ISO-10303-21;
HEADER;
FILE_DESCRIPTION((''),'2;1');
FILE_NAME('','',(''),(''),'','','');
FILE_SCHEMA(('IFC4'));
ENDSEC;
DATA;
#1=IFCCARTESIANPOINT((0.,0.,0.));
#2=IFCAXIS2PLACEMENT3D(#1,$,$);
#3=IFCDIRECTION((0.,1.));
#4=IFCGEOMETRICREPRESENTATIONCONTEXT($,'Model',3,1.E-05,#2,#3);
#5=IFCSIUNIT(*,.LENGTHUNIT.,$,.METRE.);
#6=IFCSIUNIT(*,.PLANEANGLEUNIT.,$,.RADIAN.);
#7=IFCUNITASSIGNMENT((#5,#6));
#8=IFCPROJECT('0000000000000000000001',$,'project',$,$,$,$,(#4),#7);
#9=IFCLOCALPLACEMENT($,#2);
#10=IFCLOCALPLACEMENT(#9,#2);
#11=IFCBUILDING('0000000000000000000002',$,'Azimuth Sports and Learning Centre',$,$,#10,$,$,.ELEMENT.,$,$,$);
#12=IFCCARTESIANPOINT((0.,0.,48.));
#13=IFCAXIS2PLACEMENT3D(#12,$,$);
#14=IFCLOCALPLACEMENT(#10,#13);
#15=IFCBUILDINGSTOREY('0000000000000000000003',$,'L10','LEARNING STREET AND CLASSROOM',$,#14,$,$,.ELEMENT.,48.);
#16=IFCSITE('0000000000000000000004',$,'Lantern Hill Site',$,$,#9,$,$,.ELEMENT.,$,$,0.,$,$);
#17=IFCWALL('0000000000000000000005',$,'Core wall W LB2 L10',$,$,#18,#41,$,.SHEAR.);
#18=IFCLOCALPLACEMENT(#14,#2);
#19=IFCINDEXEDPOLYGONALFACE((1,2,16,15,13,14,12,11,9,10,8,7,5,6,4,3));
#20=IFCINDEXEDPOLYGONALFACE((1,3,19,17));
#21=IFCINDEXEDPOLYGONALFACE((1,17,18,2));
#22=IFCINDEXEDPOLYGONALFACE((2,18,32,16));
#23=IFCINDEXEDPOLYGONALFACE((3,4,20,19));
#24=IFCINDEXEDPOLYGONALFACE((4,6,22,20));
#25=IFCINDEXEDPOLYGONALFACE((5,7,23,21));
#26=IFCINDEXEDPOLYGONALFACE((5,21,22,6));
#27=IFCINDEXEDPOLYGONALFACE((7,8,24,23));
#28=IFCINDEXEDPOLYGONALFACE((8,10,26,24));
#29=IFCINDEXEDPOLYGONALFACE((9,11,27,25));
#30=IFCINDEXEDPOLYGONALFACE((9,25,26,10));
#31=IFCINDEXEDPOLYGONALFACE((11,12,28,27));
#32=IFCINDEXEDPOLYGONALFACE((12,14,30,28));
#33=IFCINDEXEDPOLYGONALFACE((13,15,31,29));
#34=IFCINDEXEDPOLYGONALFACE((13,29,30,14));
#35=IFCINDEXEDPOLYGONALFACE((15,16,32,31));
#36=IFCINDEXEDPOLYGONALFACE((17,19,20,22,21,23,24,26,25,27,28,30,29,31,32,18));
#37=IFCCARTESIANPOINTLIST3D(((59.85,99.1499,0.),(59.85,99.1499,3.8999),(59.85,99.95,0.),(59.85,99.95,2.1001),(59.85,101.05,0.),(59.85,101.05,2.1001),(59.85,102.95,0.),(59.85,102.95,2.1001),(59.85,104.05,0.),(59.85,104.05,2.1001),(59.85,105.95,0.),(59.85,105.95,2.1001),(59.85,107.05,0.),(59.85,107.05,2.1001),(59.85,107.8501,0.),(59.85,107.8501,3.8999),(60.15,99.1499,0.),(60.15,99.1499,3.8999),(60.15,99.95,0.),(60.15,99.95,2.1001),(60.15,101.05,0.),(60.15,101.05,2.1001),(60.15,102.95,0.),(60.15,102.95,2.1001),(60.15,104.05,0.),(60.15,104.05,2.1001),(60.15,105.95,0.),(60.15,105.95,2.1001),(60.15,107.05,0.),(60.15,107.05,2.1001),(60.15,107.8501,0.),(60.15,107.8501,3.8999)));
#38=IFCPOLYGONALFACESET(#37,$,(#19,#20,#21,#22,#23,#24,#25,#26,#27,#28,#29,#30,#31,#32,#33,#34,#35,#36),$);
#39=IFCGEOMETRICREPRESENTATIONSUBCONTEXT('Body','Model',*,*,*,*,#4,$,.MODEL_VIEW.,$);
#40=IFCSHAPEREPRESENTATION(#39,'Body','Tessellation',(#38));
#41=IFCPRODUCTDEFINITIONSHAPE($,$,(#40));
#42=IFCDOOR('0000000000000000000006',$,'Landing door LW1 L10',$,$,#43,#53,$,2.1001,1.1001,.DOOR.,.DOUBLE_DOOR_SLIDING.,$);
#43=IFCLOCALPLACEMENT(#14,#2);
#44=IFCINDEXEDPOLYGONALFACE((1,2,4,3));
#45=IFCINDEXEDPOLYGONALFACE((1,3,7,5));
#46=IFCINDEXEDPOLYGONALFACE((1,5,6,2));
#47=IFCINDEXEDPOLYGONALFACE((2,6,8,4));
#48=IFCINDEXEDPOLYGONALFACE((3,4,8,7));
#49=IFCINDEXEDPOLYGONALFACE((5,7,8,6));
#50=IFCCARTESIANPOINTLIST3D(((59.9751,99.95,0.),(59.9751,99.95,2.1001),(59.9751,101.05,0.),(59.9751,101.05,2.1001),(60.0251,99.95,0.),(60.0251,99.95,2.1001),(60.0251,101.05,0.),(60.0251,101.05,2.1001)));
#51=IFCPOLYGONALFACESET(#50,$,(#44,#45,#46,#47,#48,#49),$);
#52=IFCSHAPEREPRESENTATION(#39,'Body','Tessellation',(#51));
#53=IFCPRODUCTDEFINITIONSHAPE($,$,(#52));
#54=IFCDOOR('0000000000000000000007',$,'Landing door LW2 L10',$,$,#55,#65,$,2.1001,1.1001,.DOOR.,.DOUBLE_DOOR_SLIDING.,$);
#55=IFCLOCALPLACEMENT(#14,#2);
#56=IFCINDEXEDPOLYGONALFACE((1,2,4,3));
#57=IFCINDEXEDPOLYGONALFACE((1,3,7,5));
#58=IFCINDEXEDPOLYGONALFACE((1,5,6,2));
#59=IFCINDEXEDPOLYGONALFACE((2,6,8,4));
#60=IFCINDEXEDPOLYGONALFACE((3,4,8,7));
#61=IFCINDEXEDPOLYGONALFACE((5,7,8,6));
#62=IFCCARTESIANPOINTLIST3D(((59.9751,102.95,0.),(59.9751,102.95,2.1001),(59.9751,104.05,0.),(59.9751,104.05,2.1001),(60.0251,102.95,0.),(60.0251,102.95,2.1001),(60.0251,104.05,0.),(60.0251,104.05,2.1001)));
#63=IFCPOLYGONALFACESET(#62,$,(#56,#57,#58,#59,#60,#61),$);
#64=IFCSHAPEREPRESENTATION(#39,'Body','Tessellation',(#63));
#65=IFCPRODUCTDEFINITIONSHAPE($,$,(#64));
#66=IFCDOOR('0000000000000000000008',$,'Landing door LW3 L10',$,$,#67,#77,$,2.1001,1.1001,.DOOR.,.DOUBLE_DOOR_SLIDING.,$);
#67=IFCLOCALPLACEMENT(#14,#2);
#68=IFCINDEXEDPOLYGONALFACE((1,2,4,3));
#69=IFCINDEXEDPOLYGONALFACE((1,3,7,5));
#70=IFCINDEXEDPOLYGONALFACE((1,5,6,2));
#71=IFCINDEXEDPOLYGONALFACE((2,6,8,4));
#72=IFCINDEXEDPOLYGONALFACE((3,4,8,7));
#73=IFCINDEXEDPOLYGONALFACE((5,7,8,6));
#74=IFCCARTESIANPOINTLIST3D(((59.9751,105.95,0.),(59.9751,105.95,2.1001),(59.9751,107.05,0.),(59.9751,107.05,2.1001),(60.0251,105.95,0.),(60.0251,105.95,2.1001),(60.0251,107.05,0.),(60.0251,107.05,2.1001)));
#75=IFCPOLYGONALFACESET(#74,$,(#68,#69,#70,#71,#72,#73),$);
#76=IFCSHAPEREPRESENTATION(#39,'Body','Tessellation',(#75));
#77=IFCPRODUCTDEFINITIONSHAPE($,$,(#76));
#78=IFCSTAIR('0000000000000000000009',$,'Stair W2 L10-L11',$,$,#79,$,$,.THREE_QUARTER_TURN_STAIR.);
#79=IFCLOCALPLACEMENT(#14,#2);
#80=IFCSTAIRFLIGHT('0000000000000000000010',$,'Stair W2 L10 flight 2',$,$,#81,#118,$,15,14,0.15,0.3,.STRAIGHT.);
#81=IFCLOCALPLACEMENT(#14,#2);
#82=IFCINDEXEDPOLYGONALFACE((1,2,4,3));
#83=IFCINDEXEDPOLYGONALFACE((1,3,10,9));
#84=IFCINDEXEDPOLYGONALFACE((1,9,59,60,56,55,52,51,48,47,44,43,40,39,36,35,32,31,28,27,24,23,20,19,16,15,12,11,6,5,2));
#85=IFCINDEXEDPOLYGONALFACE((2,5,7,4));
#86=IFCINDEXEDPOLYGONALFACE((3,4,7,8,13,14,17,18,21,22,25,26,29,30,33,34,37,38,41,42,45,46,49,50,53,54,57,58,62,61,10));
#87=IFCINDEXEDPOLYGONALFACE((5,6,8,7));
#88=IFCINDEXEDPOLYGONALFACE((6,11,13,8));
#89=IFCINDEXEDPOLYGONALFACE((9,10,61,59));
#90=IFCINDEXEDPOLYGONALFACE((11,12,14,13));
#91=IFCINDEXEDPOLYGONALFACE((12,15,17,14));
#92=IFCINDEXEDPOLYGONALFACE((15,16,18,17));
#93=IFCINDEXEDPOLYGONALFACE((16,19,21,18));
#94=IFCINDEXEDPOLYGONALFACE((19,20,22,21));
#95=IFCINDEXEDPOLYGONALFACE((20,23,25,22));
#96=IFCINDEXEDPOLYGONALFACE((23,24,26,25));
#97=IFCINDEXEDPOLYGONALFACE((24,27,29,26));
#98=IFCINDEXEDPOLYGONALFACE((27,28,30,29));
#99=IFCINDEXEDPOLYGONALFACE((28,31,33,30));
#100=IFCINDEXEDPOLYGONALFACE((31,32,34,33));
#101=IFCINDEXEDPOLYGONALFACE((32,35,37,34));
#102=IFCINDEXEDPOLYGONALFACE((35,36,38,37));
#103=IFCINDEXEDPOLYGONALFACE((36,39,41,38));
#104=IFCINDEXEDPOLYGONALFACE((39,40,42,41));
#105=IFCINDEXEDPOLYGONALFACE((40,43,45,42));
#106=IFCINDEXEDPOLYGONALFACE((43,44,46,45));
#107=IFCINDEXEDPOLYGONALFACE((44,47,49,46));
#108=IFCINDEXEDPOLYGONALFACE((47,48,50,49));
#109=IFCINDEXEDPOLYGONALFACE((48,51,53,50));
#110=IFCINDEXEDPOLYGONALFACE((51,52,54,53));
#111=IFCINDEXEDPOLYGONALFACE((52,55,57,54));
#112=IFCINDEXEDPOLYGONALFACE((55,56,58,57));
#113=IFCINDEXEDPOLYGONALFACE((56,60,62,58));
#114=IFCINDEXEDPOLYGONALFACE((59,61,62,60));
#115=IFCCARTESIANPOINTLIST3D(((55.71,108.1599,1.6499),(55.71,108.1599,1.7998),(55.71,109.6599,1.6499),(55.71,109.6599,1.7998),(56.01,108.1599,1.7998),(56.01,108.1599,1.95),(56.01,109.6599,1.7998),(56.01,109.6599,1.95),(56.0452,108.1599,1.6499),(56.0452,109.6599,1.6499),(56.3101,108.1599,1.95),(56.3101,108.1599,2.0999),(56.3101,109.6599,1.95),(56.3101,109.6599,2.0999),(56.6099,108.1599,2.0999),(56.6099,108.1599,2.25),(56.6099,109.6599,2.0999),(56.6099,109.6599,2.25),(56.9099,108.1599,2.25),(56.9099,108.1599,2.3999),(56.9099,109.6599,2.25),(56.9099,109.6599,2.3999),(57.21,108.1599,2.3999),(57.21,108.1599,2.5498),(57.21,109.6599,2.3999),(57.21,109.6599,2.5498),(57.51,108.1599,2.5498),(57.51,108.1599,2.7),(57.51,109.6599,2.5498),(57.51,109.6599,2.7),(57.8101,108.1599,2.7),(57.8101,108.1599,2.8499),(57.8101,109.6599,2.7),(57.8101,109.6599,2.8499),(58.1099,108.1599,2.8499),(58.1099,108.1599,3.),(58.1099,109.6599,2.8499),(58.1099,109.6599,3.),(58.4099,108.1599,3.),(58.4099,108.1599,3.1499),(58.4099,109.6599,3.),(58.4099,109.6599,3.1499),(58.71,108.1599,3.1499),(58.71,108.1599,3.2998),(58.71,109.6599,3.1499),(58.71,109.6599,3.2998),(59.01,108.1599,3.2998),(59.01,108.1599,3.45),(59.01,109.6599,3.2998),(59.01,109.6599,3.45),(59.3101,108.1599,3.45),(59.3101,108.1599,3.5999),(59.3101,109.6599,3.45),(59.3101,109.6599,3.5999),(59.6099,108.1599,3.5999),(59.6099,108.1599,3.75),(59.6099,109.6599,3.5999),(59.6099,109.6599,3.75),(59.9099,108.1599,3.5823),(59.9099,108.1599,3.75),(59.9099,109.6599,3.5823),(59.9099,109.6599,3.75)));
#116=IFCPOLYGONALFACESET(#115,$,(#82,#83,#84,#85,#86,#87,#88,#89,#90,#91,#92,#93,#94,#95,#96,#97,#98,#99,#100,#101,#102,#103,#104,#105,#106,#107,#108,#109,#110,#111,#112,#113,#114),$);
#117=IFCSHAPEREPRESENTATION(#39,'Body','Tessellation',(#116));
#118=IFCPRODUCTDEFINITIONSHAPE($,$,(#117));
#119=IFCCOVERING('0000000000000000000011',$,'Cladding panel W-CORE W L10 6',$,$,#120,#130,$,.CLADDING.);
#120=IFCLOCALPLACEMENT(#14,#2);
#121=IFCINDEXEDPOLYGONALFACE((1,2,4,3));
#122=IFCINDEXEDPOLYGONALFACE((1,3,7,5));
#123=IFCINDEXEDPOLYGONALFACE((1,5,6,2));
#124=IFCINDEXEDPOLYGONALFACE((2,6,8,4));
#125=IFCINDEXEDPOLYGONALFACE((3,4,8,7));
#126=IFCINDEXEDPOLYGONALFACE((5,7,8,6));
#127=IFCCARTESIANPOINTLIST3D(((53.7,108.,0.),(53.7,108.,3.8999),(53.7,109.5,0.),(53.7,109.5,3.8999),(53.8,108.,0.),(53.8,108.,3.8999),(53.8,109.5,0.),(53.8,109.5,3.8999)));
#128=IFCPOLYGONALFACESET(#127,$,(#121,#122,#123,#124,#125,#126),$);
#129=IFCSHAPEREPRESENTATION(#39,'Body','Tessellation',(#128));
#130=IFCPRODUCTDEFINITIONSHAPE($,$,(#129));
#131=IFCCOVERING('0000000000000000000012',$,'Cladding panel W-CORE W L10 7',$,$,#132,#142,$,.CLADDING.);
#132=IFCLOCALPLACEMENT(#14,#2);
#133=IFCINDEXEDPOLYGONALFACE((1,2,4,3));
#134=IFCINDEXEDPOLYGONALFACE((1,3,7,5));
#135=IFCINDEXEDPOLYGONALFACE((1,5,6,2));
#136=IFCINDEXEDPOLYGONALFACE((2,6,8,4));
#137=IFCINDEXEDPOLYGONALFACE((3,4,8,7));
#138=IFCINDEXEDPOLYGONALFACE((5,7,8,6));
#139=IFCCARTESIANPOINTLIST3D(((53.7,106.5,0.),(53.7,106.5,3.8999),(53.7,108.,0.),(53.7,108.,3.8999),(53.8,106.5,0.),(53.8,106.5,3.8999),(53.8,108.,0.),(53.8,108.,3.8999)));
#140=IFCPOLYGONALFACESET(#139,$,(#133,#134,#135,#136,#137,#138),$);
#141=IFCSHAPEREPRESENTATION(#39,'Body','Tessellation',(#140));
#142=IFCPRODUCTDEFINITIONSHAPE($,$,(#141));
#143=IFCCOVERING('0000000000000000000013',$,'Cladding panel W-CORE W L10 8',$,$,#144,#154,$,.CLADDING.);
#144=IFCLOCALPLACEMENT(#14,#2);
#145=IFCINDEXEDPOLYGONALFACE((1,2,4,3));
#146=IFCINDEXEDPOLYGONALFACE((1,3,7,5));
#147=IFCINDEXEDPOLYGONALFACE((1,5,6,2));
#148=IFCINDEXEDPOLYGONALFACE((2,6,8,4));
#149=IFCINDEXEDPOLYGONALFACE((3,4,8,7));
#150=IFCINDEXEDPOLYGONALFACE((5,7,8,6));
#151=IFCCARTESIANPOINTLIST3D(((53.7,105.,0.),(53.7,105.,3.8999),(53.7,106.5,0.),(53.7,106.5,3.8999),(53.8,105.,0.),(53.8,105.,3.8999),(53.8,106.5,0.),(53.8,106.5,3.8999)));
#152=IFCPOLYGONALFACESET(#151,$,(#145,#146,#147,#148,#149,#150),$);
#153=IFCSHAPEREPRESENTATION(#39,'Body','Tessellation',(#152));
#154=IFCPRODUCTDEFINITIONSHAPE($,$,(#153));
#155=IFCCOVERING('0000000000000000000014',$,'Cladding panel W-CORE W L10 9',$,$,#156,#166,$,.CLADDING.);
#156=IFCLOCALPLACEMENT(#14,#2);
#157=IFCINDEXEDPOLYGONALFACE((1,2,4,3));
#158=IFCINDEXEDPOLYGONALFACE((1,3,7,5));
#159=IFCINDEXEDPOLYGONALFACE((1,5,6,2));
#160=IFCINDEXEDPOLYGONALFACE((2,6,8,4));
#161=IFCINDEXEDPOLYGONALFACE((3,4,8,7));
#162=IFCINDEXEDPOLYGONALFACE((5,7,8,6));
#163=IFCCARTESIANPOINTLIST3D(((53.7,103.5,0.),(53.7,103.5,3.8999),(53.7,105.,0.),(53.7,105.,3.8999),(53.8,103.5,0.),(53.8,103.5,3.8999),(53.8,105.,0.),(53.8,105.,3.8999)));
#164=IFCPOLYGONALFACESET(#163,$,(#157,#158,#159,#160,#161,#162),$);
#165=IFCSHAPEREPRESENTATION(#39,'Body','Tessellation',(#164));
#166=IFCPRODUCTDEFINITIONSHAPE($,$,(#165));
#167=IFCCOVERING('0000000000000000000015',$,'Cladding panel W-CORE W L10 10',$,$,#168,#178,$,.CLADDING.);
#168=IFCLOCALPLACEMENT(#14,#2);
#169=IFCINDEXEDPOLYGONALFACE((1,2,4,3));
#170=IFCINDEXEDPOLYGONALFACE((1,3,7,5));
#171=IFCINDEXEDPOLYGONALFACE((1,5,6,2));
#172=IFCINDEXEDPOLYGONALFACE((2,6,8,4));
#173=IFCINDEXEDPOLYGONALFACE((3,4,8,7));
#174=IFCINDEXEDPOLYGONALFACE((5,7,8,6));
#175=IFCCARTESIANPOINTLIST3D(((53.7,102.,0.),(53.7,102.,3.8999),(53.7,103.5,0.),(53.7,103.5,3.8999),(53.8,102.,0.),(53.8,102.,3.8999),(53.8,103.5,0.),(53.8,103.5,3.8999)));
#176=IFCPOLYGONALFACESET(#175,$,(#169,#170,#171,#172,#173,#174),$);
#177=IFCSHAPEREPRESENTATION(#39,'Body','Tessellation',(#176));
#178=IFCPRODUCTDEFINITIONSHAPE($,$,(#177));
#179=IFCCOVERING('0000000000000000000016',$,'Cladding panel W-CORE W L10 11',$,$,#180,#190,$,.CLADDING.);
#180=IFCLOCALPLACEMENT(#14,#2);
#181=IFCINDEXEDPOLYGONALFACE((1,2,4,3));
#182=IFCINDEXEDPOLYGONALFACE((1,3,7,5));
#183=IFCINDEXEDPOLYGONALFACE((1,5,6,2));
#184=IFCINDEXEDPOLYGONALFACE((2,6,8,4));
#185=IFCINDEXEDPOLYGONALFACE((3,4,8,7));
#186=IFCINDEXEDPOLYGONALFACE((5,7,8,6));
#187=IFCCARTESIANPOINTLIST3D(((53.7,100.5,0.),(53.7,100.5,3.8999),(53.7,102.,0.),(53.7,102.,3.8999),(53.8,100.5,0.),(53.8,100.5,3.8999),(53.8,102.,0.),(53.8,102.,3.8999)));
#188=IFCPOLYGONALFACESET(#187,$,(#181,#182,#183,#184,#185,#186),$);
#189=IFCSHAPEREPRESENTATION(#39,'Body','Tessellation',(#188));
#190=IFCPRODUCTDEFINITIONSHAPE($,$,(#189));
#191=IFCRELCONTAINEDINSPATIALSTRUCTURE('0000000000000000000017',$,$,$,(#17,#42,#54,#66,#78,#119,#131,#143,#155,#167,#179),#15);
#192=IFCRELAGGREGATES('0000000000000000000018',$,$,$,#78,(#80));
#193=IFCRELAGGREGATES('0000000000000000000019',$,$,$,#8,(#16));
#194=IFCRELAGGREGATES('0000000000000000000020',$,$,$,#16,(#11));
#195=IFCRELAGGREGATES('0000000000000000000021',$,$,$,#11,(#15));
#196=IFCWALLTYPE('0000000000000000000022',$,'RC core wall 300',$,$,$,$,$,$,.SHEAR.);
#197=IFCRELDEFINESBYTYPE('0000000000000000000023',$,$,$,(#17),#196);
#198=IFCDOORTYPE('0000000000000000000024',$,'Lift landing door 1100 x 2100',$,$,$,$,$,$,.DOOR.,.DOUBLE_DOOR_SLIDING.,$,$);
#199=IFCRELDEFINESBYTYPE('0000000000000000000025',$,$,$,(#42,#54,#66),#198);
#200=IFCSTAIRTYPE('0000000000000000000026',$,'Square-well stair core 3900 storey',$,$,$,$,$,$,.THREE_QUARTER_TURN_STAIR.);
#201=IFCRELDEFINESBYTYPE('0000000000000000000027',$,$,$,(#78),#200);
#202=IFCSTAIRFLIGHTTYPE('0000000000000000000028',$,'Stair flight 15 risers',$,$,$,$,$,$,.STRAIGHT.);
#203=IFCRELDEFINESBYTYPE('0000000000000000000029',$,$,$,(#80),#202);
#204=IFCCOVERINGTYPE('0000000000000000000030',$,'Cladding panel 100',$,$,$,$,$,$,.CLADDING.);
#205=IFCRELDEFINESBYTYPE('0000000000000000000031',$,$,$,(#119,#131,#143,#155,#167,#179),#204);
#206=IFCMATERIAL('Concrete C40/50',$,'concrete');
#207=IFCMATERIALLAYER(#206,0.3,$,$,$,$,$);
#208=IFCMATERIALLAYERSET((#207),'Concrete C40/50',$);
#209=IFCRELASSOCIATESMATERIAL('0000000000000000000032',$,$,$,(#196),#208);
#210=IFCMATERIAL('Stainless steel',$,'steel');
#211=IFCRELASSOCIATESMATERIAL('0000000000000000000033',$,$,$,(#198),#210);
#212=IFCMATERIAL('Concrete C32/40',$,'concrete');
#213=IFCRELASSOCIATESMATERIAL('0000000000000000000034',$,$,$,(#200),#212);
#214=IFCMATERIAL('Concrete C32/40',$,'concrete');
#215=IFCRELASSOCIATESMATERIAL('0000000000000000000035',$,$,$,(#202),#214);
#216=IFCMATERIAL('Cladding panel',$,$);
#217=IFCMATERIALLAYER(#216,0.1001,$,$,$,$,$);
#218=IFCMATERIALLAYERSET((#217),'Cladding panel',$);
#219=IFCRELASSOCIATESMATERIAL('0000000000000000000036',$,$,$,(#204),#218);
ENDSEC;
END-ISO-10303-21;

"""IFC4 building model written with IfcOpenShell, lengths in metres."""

from ifc_helpers import new_model, si_unit, direction, frame, frame_2d, origin, origin_2d, place, context, subcontext, project, spatial, polyline, rectangle, outline, extrude, material, layer, layer_set, type_object, element, fill, aggregate, save


model = new_model("IFC4")

# Units and contexts
model_context = context("Model", 3, precision=1e-05, world=origin(), true_north=direction((0.0, 1.0)))
body_context = subcontext(model_context, "Body", "Model", "MODEL_VIEW")
ifc_project = project(units=[si_unit("LENGTHUNIT", "METRE"), si_unit("PLANEANGLEUNIT", "RADIAN")], contexts=[model_context])

# Site, building, storey
site_placement = place(None, origin())
site = spatial("IfcSite", under=ifc_project, at=site_placement, Name="Lantern Hill Site", CompositionType="ELEMENT", RefElevation=0.0)
building_placement = place(site_placement, origin())
building = spatial("IfcBuilding", under=site, at=building_placement, Name="Azimuth Sports and Learning Centre", CompositionType="ELEMENT")
storey_placement = place(building_placement, frame((0.0, 0.0, 48.0)))
storey = spatial("IfcBuildingStorey", under=building, at=storey_placement, Name="L10", Description="LEARNING STREET AND CLASSROOM", CompositionType="ELEMENT", Elevation=48.0)

# Shared definitions
ifc_material_1 = material(Name="Concrete C40/50", Category="concrete")
ifc_layer_1 = layer(ifc_material_1, 0.3)
ifc_layer_set_1 = layer_set([ifc_layer_1], Name="Concrete C40/50")
wall_type_1 = type_object("IfcWallType", Name="RC core wall 300", PredefinedType="SHEAR", material=ifc_layer_set_1)

# Wall, openings, doors
wall_1_placement = place(storey_placement, frame((60.0, 99.1499, 0.0), z_axis=(0.0, 0.0, 1.0), x_axis=(0.0, 1.0, 0.0)))
wall_1 = element("IfcWall", 1, at=wall_1_placement, inside=storey, type_object=wall_type_1, Name="Core wall W LB2 L10", PredefinedType="SHEAR", context=body_context, shape_type="SweptSolid", body=[
    extrude(rectangle(XDim=8.7002, YDim=0.3, at=frame_2d((4.3501, 0.0))), origin(), (0.0, 0.0, 1.0), 3.8999),
])
opening_1_placement = place(wall_1_placement, frame((0.8, 0.0, 0.0)))
opening_1 = element("IfcOpeningElement", 2, at=opening_1_placement, cuts=wall_1, PredefinedType="OPENING", context=body_context, shape_type="SweptSolid", body=[
    extrude(rectangle(XDim=1.1001, YDim=2.1001, at=frame_2d((0.55, 1.05))), frame((0.0, 0.1611, 0.0), z_axis=(0.0, -1.0, 0.0), x_axis=(1.0, 0.0, 0.0)), (0.0, 0.0, 1.0), 0.322),
])
opening_2_placement = place(wall_1_placement, frame((3.8, 0.0, 0.0)))
opening_2 = element("IfcOpeningElement", 3, at=opening_2_placement, cuts=wall_1, PredefinedType="OPENING", context=body_context, shape_type="SweptSolid", body=[
    extrude(rectangle(XDim=1.1001, YDim=2.1001, at=frame_2d((0.55, 1.05))), frame((0.0, 0.1611, 0.0), z_axis=(0.0, -1.0, 0.0), x_axis=(1.0, 0.0, 0.0)), (0.0, 0.0, 1.0), 0.322),
])
opening_3_placement = place(wall_1_placement, frame((6.8, 0.0, 0.0)))
opening_3 = element("IfcOpeningElement", 4, at=opening_3_placement, cuts=wall_1, PredefinedType="OPENING", context=body_context, shape_type="SweptSolid", body=[
    extrude(rectangle(XDim=1.1001, YDim=2.1001, at=frame_2d((0.55, 1.05))), frame((0.0, 0.1611, 0.0), z_axis=(0.0, -1.0, 0.0), x_axis=(1.0, 0.0, 0.0)), (0.0, 0.0, 1.0), 0.322),
])
ifc_material_2 = material(Name="Stainless steel", Category="steel")
door_type_1 = type_object("IfcDoorType", Name="Lift landing door 1100 x 2100", OperationType="DOUBLE_DOOR_SLIDING", PredefinedType="DOOR", material=ifc_material_2)
door_1_placement = place(opening_1_placement, origin())
door_1 = element("IfcDoor", 5, at=door_1_placement, inside=storey, type_object=door_type_1, Name="Landing door LW1 L10", OperationType="DOUBLE_DOOR_SLIDING", OverallHeight=2.1001, OverallWidth=1.1001, PredefinedType="DOOR", context=body_context, shape_type="SweptSolid", body=[
    extrude(rectangle(XDim=1.1001, YDim=2.1001, at=frame_2d((0.55, 1.05))), frame((0.0, 0.0249, 0.0), z_axis=(0.0, -1.0, 0.0), x_axis=(1.0, 0.0, 0.0)), (0.0, 0.0, 1.0), 0.05),
])
fill(opening_1, door_1)
door_2_placement = place(opening_2_placement, origin())
door_2 = element("IfcDoor", 6, at=door_2_placement, inside=storey, type_object=door_type_1, Name="Landing door LW2 L10", OperationType="DOUBLE_DOOR_SLIDING", OverallHeight=2.1001, OverallWidth=1.1001, PredefinedType="DOOR", context=body_context, shape_type="SweptSolid", body=[
    extrude(rectangle(XDim=1.1001, YDim=2.1001, at=frame_2d((0.55, 1.05))), frame((0.0, 0.0249, 0.0), z_axis=(0.0, -1.0, 0.0), x_axis=(1.0, 0.0, 0.0)), (0.0, 0.0, 1.0), 0.05),
])
fill(opening_2, door_2)
door_3_placement = place(opening_3_placement, origin())
door_3 = element("IfcDoor", 7, at=door_3_placement, inside=storey, type_object=door_type_1, Name="Landing door LW3 L10", OperationType="DOUBLE_DOOR_SLIDING", OverallHeight=2.1001, OverallWidth=1.1001, PredefinedType="DOOR", context=body_context, shape_type="SweptSolid", body=[
    extrude(rectangle(XDim=1.1001, YDim=2.1001, at=frame_2d((0.55, 1.05))), frame((0.0, 0.0249, 0.0), z_axis=(0.0, -1.0, 0.0), x_axis=(1.0, 0.0, 0.0)), (0.0, 0.0, 1.0), 0.05),
])
fill(opening_3, door_3)

# Stair, stair flight
ifc_material_3 = material(Name="Concrete C32/40", Category="concrete")
stair_type = type_object("IfcStairType", Name="Square-well stair core 3900 storey", PredefinedType="THREE_QUARTER_TURN_STAIR", material=ifc_material_3)
stair_placement = place(storey_placement, origin())
stair = element("IfcStair", 8, at=stair_placement, inside=storey, type_object=stair_type, Name="Stair W2 L10-L11", PredefinedType="THREE_QUARTER_TURN_STAIR")
ifc_material_4 = material(Name="Concrete C32/40", Category="concrete")
stair_flight_type = type_object("IfcStairFlightType", Name="Stair flight 15 risers", PredefinedType="STRAIGHT", material=ifc_material_4)
stair_flight_placement = place(storey_placement, frame((55.71, 108.9099, 1.6499), z_axis=(0.0, 0.0, 1.0), x_axis=(1.0, 0.0, 0.0)))
stair_flight = element("IfcStairFlight", 9, at=stair_flight_placement, type_object=stair_flight_type, Name="Stair W2 L10 flight 2", NumberOfRisers=15, NumberOfTreads=14, PredefinedType="STRAIGHT", RiserHeight=0.15, TreadLength=0.3, context=body_context, shape_type="SweptSolid", body=[
    extrude(outline(polyline([(0.0, 0.0), (0.0, 0.1499), (0.3, 0.1499), (0.3, 0.3), (0.6001, 0.3), (0.6001, 0.45), (0.8999, 0.45), (0.8999, 0.6001), (1.2, 0.6001), (1.2, 0.75), (1.5, 0.75), (1.5, 0.8999), (1.8, 0.8999), (1.8, 1.05), (2.1001, 1.05), (2.1001, 1.2), (2.3999, 1.2), (2.3999, 1.3501), (2.7, 1.3501), (2.7, 1.5), (3.0, 1.5), (3.0, 1.6499), (3.3, 1.6499), (3.3, 1.8), (3.6001, 1.8), (3.6001, 1.95), (3.8999, 1.95), (3.8999, 2.1001), (4.2, 2.1001), (4.2, 2.25), (4.2, 1.9324), (0.3352, 0.0), (0.0, 0.0)])), frame((0.0, 0.75, 0.0), z_axis=(0.0, -1.0, 0.0), x_axis=(1.0, 0.0, 0.0)), (0.0, 0.0, 1.0), 1.5),
])
aggregate(stair, [stair_flight])

# Coverings
ifc_material_5 = material(Name="Cladding panel")
ifc_layer_2 = layer(ifc_material_5, 0.1001)
ifc_layer_set_2 = layer_set([ifc_layer_2], Name="Cladding panel")
covering_type = type_object("IfcCoveringType", Name="Cladding panel 100", PredefinedType="CLADDING", material=ifc_layer_set_2)
for number, where, z_axis, x_axis, name in (
    (10, (53.75, 108.75, 0.0), (0.0, 0.0, 1.0), (0.0, -1.0, 0.0), "Cladding panel W-CORE W L10 6"),
    (11, (53.75, 107.25, 0.0), (0.0, 0.0, 1.0), (0.0, -1.0, 0.0), "Cladding panel W-CORE W L10 7"),
    (12, (53.75, 105.75, 0.0), (0.0, 0.0, 1.0), (0.0, -1.0, 0.0), "Cladding panel W-CORE W L10 8"),
    (13, (53.75, 104.25, 0.0), (0.0, 0.0, 1.0), (0.0, -1.0, 0.0), "Cladding panel W-CORE W L10 9"),
    (14, (53.75, 102.75, 0.0), (0.0, 0.0, 1.0), (0.0, -1.0, 0.0), "Cladding panel W-CORE W L10 10"),
    (15, (53.75, 101.25, 0.0), (0.0, 0.0, 1.0), (0.0, -1.0, 0.0), "Cladding panel W-CORE W L10 11"),
):
    element("IfcCovering", number, at=place(storey_placement, frame(where, z_axis=z_axis, x_axis=x_axis)), inside=storey, type_object=covering_type, Name=name, PredefinedType="CLADDING", context=body_context, shape_type="SweptSolid", body=[
        extrude(rectangle(XDim=1.5, YDim=0.1001, at=origin_2d()), origin(), (0.0, 0.0, 1.0), 3.8999),
    ])

save(model, "model.ifc")
